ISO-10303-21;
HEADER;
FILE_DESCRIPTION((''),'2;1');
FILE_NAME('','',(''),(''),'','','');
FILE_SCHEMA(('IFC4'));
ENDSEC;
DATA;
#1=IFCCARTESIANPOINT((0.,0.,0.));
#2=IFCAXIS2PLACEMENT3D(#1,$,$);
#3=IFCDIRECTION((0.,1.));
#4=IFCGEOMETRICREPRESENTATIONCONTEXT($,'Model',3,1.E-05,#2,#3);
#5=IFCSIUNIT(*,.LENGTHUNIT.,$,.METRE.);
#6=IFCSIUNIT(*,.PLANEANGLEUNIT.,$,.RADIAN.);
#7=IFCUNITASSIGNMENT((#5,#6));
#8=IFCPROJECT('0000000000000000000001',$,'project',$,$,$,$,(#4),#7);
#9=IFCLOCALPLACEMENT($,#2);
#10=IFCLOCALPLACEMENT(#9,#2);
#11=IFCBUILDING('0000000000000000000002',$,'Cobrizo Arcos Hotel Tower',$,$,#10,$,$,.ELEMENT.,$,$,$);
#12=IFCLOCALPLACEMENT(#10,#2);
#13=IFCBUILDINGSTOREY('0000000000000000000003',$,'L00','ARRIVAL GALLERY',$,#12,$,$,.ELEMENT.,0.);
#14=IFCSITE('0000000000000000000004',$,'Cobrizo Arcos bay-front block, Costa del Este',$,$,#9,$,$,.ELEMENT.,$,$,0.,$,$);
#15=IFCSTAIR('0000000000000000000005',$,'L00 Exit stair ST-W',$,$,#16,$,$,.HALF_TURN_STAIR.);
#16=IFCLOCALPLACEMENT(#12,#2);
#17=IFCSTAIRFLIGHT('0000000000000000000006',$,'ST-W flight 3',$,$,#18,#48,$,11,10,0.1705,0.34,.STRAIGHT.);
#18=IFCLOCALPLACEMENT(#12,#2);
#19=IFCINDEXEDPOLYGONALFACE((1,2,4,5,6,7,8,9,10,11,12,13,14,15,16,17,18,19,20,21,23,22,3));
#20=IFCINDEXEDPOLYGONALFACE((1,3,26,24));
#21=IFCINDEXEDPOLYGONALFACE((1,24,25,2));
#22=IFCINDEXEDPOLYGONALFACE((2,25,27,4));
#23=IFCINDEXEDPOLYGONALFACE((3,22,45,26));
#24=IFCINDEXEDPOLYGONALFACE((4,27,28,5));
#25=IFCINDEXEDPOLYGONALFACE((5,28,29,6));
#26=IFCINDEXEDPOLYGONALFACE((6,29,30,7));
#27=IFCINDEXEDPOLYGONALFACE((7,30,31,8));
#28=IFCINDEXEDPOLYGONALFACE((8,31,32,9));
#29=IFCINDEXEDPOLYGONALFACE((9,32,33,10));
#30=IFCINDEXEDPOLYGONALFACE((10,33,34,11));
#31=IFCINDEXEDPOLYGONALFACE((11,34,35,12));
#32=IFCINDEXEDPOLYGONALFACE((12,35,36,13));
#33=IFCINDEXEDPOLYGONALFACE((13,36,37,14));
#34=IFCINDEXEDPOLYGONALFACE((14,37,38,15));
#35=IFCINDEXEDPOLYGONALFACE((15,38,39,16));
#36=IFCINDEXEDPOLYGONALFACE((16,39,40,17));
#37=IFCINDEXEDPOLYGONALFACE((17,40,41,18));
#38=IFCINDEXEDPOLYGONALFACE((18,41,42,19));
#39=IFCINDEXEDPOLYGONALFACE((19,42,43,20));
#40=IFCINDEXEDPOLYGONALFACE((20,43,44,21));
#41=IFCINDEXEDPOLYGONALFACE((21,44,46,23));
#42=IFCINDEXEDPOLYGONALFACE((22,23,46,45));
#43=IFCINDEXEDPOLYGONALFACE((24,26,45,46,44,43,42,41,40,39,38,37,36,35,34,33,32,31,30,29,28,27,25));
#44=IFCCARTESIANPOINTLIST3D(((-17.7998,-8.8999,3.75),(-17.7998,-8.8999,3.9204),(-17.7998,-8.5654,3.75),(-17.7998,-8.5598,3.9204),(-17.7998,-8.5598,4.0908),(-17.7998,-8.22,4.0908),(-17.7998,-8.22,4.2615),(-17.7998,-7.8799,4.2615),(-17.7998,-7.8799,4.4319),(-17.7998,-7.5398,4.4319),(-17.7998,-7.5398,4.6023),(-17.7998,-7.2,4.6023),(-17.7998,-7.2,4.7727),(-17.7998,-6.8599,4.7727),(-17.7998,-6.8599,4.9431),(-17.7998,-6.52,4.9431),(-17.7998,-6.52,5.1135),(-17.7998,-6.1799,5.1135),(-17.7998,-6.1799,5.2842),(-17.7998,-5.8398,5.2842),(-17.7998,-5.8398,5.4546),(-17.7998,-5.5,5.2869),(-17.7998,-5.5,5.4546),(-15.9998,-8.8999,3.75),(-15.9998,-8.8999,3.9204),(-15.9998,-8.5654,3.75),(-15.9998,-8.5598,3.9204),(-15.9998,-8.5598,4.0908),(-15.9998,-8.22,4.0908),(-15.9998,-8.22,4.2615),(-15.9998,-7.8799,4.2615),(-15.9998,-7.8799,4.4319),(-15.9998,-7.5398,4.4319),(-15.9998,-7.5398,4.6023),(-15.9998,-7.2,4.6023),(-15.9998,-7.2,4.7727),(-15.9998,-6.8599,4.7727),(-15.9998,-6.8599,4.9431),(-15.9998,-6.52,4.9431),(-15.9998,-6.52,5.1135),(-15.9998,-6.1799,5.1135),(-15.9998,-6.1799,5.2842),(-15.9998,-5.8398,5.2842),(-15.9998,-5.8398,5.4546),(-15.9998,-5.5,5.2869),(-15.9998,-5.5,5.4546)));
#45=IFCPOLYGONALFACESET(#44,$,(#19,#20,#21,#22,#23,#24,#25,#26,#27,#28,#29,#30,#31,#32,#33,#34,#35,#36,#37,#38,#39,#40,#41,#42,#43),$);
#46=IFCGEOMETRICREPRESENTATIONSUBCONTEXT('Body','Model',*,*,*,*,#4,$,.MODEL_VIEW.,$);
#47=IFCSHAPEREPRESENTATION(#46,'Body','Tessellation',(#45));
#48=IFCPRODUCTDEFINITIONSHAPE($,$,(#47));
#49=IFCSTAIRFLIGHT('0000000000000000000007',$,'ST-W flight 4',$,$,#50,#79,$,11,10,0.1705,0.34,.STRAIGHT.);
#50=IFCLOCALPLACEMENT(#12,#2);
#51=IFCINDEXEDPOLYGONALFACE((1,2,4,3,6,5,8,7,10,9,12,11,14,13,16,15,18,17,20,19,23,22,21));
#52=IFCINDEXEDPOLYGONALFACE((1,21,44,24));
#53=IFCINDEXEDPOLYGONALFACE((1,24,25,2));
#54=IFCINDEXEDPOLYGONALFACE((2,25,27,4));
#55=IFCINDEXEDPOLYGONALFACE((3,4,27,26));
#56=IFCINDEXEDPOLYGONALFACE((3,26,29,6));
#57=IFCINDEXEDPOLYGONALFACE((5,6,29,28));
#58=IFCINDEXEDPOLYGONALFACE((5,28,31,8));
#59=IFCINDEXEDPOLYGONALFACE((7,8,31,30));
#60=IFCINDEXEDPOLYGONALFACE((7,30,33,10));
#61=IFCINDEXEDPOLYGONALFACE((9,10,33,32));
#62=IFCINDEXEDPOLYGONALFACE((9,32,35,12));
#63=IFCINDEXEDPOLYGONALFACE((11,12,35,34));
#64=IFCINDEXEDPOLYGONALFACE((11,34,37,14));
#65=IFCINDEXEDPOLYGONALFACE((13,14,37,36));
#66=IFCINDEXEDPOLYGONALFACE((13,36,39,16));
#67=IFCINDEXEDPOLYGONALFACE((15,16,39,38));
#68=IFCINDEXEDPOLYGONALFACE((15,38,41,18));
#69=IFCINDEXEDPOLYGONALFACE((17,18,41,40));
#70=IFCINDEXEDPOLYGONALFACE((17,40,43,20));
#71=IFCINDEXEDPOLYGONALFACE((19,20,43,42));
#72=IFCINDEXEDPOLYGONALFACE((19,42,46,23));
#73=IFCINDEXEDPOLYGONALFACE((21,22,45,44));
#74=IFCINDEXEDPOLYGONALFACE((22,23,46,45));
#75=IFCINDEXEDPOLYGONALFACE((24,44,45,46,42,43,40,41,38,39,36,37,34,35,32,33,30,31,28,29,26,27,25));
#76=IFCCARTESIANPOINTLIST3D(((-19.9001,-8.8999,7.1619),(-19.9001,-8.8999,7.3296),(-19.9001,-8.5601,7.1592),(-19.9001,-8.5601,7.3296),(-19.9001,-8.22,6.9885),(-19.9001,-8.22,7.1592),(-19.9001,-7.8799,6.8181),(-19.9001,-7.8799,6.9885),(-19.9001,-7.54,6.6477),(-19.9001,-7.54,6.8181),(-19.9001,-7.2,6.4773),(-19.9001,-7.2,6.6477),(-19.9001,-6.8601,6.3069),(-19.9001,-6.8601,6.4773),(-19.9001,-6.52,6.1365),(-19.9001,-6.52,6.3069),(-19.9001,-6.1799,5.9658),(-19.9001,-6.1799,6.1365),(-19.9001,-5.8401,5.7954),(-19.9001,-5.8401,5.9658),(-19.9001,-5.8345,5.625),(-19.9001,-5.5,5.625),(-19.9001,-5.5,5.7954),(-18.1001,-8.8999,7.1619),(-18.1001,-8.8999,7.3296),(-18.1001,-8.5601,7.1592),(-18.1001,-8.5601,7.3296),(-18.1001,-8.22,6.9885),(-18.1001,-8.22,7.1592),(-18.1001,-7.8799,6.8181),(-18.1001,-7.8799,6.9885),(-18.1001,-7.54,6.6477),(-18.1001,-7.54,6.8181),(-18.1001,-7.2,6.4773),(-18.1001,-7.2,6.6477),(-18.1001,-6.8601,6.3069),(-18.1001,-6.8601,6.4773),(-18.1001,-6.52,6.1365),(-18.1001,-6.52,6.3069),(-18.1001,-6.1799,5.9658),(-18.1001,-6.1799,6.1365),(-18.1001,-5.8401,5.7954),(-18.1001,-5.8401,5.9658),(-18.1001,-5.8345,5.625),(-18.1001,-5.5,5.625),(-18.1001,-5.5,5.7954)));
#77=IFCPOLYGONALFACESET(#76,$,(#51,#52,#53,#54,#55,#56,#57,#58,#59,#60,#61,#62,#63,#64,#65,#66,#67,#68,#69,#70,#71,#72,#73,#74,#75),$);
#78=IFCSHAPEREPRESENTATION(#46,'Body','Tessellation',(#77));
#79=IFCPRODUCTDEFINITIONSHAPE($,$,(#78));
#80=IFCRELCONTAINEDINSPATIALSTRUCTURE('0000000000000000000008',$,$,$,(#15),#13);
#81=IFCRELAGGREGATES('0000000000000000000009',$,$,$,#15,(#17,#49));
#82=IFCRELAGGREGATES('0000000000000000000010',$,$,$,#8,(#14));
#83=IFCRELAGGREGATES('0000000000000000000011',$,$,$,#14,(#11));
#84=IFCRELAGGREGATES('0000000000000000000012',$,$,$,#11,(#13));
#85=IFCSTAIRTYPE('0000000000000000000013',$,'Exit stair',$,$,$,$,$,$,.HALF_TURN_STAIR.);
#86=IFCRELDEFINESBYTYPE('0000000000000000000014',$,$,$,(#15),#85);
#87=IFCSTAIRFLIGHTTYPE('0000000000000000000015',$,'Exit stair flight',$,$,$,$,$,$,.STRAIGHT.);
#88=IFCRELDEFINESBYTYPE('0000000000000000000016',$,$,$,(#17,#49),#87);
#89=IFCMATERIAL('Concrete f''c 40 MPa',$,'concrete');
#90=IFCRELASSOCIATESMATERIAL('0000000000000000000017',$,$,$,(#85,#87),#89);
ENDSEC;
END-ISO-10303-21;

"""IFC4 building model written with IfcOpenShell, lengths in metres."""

from ifc_helpers import new_model, si_unit, direction, frame, origin, place, context, subcontext, project, spatial, polyline, outline, extrude, material, type_object, element, aggregate, save


model = new_model("IFC4")

# Units and contexts
model_context = context("Model", 3, precision=1e-05, world=origin(), true_north=direction((0.0, 1.0)))
body_context = subcontext(model_context, "Body", "Model", "MODEL_VIEW")
ifc_project = project(units=[si_unit("LENGTHUNIT", "METRE"), si_unit("PLANEANGLEUNIT", "RADIAN")], contexts=[model_context])

# Site, building, storey
site_placement = place(None, origin())
site = spatial("IfcSite", under=ifc_project, at=site_placement, Name="Cobrizo Arcos bay-front block, Costa del Este", CompositionType="ELEMENT", RefElevation=0.0)
building_placement = place(site_placement, origin())
building = spatial("IfcBuilding", under=site, at=building_placement, Name="Cobrizo Arcos Hotel Tower", CompositionType="ELEMENT")
storey_placement = place(building_placement, origin())
storey = spatial("IfcBuildingStorey", under=building, at=storey_placement, Name="L00", Description="ARRIVAL GALLERY", CompositionType="ELEMENT", Elevation=0.0)

# Shared definitions
ifc_material_1 = material(Name="Concrete f'c 40 MPa", Category="concrete")

# Stair, stair flights
stair_type = type_object("IfcStairType", Name="Exit stair", PredefinedType="HALF_TURN_STAIR", material=ifc_material_1)
stair_placement = place(storey_placement, origin())
stair = element("IfcStair", 1, at=stair_placement, inside=storey, type_object=stair_type, Name="L00 Exit stair ST-W", PredefinedType="HALF_TURN_STAIR")
stair_flight_type = type_object("IfcStairFlightType", Name="Exit stair flight", PredefinedType="STRAIGHT", material=ifc_material_1)
stair_flight_1_placement = place(storey_placement, frame((-16.8999, -8.8999, 3.75), z_axis=(0.0, 0.0, 1.0), x_axis=(0.0, 1.0, 0.0)))
stair_flight_1 = element("IfcStairFlight", 2, at=stair_flight_1_placement, type_object=stair_flight_type, Name="ST-W flight 3", NumberOfRisers=11, NumberOfTreads=10, PredefinedType="STRAIGHT", RiserHeight=0.1705, TreadLength=0.34, context=body_context, shape_type="SweptSolid", body=[
    extrude(outline(polyline([(0.0, 0.0), (0.0, 0.1704), (0.3401, 0.1704), (0.3401, 0.3408), (0.6799, 0.3408), (0.6799, 0.5115), (1.02, 0.5115), (1.02, 0.6819), (1.3601, 0.6819), (1.3601, 0.8523), (1.7, 0.8523), (1.7, 1.0227), (2.04, 1.0227), (2.04, 1.1931), (2.3799, 1.1931), (2.3799, 1.3635), (2.72, 1.3635), (2.72, 1.5342), (3.0601, 1.5342), (3.0601, 1.7046), (3.3999, 1.7046), (3.3999, 1.875), (3.3999, 1.5369), (0.3345, 0.0), (0.0, 0.0)])), frame((0.0, 0.8999, 0.0), z_axis=(0.0, -1.0, 0.0), x_axis=(1.0, 0.0, 0.0)), (0.0, 0.0, 1.0), 1.8),
])
stair_flight_2_placement = place(storey_placement, frame((-19.0, -5.5, 5.625), z_axis=(0.0, 0.0, 1.0), x_axis=(0.0, -1.0, 0.0)))
stair_flight_2 = element("IfcStairFlight", 3, at=stair_flight_2_placement, type_object=stair_flight_type, Name="ST-W flight 4", NumberOfRisers=11, NumberOfTreads=10, PredefinedType="STRAIGHT", RiserHeight=0.1705, TreadLength=0.34, context=body_context, shape_type="SweptSolid", body=[
    extrude(outline(polyline([(0.0, 0.0), (0.0, 0.1704), (0.3401, 0.1704), (0.3401, 0.3408), (0.6799, 0.3408), (0.6799, 0.5115), (1.02, 0.5115), (1.02, 0.6819), (1.3601, 0.6819), (1.3601, 0.8523), (1.7, 0.8523), (1.7, 1.0227), (2.04, 1.0227), (2.04, 1.1931), (2.3799, 1.1931), (2.3799, 1.3635), (2.72, 1.3635), (2.72, 1.5342), (3.0601, 1.5342), (3.0601, 1.7046), (3.3999, 1.7046), (3.3999, 1.875), (3.3999, 1.5369), (0.3345, 0.0), (0.0, 0.0)])), frame((0.0, 0.8999, 0.0), z_axis=(0.0, -1.0, 0.0), x_axis=(1.0, 0.0, 0.0)), (0.0, 0.0, 1.0), 1.8),
])
aggregate(stair, [stair_flight_1, stair_flight_2])

save(model, "model.ifc")
